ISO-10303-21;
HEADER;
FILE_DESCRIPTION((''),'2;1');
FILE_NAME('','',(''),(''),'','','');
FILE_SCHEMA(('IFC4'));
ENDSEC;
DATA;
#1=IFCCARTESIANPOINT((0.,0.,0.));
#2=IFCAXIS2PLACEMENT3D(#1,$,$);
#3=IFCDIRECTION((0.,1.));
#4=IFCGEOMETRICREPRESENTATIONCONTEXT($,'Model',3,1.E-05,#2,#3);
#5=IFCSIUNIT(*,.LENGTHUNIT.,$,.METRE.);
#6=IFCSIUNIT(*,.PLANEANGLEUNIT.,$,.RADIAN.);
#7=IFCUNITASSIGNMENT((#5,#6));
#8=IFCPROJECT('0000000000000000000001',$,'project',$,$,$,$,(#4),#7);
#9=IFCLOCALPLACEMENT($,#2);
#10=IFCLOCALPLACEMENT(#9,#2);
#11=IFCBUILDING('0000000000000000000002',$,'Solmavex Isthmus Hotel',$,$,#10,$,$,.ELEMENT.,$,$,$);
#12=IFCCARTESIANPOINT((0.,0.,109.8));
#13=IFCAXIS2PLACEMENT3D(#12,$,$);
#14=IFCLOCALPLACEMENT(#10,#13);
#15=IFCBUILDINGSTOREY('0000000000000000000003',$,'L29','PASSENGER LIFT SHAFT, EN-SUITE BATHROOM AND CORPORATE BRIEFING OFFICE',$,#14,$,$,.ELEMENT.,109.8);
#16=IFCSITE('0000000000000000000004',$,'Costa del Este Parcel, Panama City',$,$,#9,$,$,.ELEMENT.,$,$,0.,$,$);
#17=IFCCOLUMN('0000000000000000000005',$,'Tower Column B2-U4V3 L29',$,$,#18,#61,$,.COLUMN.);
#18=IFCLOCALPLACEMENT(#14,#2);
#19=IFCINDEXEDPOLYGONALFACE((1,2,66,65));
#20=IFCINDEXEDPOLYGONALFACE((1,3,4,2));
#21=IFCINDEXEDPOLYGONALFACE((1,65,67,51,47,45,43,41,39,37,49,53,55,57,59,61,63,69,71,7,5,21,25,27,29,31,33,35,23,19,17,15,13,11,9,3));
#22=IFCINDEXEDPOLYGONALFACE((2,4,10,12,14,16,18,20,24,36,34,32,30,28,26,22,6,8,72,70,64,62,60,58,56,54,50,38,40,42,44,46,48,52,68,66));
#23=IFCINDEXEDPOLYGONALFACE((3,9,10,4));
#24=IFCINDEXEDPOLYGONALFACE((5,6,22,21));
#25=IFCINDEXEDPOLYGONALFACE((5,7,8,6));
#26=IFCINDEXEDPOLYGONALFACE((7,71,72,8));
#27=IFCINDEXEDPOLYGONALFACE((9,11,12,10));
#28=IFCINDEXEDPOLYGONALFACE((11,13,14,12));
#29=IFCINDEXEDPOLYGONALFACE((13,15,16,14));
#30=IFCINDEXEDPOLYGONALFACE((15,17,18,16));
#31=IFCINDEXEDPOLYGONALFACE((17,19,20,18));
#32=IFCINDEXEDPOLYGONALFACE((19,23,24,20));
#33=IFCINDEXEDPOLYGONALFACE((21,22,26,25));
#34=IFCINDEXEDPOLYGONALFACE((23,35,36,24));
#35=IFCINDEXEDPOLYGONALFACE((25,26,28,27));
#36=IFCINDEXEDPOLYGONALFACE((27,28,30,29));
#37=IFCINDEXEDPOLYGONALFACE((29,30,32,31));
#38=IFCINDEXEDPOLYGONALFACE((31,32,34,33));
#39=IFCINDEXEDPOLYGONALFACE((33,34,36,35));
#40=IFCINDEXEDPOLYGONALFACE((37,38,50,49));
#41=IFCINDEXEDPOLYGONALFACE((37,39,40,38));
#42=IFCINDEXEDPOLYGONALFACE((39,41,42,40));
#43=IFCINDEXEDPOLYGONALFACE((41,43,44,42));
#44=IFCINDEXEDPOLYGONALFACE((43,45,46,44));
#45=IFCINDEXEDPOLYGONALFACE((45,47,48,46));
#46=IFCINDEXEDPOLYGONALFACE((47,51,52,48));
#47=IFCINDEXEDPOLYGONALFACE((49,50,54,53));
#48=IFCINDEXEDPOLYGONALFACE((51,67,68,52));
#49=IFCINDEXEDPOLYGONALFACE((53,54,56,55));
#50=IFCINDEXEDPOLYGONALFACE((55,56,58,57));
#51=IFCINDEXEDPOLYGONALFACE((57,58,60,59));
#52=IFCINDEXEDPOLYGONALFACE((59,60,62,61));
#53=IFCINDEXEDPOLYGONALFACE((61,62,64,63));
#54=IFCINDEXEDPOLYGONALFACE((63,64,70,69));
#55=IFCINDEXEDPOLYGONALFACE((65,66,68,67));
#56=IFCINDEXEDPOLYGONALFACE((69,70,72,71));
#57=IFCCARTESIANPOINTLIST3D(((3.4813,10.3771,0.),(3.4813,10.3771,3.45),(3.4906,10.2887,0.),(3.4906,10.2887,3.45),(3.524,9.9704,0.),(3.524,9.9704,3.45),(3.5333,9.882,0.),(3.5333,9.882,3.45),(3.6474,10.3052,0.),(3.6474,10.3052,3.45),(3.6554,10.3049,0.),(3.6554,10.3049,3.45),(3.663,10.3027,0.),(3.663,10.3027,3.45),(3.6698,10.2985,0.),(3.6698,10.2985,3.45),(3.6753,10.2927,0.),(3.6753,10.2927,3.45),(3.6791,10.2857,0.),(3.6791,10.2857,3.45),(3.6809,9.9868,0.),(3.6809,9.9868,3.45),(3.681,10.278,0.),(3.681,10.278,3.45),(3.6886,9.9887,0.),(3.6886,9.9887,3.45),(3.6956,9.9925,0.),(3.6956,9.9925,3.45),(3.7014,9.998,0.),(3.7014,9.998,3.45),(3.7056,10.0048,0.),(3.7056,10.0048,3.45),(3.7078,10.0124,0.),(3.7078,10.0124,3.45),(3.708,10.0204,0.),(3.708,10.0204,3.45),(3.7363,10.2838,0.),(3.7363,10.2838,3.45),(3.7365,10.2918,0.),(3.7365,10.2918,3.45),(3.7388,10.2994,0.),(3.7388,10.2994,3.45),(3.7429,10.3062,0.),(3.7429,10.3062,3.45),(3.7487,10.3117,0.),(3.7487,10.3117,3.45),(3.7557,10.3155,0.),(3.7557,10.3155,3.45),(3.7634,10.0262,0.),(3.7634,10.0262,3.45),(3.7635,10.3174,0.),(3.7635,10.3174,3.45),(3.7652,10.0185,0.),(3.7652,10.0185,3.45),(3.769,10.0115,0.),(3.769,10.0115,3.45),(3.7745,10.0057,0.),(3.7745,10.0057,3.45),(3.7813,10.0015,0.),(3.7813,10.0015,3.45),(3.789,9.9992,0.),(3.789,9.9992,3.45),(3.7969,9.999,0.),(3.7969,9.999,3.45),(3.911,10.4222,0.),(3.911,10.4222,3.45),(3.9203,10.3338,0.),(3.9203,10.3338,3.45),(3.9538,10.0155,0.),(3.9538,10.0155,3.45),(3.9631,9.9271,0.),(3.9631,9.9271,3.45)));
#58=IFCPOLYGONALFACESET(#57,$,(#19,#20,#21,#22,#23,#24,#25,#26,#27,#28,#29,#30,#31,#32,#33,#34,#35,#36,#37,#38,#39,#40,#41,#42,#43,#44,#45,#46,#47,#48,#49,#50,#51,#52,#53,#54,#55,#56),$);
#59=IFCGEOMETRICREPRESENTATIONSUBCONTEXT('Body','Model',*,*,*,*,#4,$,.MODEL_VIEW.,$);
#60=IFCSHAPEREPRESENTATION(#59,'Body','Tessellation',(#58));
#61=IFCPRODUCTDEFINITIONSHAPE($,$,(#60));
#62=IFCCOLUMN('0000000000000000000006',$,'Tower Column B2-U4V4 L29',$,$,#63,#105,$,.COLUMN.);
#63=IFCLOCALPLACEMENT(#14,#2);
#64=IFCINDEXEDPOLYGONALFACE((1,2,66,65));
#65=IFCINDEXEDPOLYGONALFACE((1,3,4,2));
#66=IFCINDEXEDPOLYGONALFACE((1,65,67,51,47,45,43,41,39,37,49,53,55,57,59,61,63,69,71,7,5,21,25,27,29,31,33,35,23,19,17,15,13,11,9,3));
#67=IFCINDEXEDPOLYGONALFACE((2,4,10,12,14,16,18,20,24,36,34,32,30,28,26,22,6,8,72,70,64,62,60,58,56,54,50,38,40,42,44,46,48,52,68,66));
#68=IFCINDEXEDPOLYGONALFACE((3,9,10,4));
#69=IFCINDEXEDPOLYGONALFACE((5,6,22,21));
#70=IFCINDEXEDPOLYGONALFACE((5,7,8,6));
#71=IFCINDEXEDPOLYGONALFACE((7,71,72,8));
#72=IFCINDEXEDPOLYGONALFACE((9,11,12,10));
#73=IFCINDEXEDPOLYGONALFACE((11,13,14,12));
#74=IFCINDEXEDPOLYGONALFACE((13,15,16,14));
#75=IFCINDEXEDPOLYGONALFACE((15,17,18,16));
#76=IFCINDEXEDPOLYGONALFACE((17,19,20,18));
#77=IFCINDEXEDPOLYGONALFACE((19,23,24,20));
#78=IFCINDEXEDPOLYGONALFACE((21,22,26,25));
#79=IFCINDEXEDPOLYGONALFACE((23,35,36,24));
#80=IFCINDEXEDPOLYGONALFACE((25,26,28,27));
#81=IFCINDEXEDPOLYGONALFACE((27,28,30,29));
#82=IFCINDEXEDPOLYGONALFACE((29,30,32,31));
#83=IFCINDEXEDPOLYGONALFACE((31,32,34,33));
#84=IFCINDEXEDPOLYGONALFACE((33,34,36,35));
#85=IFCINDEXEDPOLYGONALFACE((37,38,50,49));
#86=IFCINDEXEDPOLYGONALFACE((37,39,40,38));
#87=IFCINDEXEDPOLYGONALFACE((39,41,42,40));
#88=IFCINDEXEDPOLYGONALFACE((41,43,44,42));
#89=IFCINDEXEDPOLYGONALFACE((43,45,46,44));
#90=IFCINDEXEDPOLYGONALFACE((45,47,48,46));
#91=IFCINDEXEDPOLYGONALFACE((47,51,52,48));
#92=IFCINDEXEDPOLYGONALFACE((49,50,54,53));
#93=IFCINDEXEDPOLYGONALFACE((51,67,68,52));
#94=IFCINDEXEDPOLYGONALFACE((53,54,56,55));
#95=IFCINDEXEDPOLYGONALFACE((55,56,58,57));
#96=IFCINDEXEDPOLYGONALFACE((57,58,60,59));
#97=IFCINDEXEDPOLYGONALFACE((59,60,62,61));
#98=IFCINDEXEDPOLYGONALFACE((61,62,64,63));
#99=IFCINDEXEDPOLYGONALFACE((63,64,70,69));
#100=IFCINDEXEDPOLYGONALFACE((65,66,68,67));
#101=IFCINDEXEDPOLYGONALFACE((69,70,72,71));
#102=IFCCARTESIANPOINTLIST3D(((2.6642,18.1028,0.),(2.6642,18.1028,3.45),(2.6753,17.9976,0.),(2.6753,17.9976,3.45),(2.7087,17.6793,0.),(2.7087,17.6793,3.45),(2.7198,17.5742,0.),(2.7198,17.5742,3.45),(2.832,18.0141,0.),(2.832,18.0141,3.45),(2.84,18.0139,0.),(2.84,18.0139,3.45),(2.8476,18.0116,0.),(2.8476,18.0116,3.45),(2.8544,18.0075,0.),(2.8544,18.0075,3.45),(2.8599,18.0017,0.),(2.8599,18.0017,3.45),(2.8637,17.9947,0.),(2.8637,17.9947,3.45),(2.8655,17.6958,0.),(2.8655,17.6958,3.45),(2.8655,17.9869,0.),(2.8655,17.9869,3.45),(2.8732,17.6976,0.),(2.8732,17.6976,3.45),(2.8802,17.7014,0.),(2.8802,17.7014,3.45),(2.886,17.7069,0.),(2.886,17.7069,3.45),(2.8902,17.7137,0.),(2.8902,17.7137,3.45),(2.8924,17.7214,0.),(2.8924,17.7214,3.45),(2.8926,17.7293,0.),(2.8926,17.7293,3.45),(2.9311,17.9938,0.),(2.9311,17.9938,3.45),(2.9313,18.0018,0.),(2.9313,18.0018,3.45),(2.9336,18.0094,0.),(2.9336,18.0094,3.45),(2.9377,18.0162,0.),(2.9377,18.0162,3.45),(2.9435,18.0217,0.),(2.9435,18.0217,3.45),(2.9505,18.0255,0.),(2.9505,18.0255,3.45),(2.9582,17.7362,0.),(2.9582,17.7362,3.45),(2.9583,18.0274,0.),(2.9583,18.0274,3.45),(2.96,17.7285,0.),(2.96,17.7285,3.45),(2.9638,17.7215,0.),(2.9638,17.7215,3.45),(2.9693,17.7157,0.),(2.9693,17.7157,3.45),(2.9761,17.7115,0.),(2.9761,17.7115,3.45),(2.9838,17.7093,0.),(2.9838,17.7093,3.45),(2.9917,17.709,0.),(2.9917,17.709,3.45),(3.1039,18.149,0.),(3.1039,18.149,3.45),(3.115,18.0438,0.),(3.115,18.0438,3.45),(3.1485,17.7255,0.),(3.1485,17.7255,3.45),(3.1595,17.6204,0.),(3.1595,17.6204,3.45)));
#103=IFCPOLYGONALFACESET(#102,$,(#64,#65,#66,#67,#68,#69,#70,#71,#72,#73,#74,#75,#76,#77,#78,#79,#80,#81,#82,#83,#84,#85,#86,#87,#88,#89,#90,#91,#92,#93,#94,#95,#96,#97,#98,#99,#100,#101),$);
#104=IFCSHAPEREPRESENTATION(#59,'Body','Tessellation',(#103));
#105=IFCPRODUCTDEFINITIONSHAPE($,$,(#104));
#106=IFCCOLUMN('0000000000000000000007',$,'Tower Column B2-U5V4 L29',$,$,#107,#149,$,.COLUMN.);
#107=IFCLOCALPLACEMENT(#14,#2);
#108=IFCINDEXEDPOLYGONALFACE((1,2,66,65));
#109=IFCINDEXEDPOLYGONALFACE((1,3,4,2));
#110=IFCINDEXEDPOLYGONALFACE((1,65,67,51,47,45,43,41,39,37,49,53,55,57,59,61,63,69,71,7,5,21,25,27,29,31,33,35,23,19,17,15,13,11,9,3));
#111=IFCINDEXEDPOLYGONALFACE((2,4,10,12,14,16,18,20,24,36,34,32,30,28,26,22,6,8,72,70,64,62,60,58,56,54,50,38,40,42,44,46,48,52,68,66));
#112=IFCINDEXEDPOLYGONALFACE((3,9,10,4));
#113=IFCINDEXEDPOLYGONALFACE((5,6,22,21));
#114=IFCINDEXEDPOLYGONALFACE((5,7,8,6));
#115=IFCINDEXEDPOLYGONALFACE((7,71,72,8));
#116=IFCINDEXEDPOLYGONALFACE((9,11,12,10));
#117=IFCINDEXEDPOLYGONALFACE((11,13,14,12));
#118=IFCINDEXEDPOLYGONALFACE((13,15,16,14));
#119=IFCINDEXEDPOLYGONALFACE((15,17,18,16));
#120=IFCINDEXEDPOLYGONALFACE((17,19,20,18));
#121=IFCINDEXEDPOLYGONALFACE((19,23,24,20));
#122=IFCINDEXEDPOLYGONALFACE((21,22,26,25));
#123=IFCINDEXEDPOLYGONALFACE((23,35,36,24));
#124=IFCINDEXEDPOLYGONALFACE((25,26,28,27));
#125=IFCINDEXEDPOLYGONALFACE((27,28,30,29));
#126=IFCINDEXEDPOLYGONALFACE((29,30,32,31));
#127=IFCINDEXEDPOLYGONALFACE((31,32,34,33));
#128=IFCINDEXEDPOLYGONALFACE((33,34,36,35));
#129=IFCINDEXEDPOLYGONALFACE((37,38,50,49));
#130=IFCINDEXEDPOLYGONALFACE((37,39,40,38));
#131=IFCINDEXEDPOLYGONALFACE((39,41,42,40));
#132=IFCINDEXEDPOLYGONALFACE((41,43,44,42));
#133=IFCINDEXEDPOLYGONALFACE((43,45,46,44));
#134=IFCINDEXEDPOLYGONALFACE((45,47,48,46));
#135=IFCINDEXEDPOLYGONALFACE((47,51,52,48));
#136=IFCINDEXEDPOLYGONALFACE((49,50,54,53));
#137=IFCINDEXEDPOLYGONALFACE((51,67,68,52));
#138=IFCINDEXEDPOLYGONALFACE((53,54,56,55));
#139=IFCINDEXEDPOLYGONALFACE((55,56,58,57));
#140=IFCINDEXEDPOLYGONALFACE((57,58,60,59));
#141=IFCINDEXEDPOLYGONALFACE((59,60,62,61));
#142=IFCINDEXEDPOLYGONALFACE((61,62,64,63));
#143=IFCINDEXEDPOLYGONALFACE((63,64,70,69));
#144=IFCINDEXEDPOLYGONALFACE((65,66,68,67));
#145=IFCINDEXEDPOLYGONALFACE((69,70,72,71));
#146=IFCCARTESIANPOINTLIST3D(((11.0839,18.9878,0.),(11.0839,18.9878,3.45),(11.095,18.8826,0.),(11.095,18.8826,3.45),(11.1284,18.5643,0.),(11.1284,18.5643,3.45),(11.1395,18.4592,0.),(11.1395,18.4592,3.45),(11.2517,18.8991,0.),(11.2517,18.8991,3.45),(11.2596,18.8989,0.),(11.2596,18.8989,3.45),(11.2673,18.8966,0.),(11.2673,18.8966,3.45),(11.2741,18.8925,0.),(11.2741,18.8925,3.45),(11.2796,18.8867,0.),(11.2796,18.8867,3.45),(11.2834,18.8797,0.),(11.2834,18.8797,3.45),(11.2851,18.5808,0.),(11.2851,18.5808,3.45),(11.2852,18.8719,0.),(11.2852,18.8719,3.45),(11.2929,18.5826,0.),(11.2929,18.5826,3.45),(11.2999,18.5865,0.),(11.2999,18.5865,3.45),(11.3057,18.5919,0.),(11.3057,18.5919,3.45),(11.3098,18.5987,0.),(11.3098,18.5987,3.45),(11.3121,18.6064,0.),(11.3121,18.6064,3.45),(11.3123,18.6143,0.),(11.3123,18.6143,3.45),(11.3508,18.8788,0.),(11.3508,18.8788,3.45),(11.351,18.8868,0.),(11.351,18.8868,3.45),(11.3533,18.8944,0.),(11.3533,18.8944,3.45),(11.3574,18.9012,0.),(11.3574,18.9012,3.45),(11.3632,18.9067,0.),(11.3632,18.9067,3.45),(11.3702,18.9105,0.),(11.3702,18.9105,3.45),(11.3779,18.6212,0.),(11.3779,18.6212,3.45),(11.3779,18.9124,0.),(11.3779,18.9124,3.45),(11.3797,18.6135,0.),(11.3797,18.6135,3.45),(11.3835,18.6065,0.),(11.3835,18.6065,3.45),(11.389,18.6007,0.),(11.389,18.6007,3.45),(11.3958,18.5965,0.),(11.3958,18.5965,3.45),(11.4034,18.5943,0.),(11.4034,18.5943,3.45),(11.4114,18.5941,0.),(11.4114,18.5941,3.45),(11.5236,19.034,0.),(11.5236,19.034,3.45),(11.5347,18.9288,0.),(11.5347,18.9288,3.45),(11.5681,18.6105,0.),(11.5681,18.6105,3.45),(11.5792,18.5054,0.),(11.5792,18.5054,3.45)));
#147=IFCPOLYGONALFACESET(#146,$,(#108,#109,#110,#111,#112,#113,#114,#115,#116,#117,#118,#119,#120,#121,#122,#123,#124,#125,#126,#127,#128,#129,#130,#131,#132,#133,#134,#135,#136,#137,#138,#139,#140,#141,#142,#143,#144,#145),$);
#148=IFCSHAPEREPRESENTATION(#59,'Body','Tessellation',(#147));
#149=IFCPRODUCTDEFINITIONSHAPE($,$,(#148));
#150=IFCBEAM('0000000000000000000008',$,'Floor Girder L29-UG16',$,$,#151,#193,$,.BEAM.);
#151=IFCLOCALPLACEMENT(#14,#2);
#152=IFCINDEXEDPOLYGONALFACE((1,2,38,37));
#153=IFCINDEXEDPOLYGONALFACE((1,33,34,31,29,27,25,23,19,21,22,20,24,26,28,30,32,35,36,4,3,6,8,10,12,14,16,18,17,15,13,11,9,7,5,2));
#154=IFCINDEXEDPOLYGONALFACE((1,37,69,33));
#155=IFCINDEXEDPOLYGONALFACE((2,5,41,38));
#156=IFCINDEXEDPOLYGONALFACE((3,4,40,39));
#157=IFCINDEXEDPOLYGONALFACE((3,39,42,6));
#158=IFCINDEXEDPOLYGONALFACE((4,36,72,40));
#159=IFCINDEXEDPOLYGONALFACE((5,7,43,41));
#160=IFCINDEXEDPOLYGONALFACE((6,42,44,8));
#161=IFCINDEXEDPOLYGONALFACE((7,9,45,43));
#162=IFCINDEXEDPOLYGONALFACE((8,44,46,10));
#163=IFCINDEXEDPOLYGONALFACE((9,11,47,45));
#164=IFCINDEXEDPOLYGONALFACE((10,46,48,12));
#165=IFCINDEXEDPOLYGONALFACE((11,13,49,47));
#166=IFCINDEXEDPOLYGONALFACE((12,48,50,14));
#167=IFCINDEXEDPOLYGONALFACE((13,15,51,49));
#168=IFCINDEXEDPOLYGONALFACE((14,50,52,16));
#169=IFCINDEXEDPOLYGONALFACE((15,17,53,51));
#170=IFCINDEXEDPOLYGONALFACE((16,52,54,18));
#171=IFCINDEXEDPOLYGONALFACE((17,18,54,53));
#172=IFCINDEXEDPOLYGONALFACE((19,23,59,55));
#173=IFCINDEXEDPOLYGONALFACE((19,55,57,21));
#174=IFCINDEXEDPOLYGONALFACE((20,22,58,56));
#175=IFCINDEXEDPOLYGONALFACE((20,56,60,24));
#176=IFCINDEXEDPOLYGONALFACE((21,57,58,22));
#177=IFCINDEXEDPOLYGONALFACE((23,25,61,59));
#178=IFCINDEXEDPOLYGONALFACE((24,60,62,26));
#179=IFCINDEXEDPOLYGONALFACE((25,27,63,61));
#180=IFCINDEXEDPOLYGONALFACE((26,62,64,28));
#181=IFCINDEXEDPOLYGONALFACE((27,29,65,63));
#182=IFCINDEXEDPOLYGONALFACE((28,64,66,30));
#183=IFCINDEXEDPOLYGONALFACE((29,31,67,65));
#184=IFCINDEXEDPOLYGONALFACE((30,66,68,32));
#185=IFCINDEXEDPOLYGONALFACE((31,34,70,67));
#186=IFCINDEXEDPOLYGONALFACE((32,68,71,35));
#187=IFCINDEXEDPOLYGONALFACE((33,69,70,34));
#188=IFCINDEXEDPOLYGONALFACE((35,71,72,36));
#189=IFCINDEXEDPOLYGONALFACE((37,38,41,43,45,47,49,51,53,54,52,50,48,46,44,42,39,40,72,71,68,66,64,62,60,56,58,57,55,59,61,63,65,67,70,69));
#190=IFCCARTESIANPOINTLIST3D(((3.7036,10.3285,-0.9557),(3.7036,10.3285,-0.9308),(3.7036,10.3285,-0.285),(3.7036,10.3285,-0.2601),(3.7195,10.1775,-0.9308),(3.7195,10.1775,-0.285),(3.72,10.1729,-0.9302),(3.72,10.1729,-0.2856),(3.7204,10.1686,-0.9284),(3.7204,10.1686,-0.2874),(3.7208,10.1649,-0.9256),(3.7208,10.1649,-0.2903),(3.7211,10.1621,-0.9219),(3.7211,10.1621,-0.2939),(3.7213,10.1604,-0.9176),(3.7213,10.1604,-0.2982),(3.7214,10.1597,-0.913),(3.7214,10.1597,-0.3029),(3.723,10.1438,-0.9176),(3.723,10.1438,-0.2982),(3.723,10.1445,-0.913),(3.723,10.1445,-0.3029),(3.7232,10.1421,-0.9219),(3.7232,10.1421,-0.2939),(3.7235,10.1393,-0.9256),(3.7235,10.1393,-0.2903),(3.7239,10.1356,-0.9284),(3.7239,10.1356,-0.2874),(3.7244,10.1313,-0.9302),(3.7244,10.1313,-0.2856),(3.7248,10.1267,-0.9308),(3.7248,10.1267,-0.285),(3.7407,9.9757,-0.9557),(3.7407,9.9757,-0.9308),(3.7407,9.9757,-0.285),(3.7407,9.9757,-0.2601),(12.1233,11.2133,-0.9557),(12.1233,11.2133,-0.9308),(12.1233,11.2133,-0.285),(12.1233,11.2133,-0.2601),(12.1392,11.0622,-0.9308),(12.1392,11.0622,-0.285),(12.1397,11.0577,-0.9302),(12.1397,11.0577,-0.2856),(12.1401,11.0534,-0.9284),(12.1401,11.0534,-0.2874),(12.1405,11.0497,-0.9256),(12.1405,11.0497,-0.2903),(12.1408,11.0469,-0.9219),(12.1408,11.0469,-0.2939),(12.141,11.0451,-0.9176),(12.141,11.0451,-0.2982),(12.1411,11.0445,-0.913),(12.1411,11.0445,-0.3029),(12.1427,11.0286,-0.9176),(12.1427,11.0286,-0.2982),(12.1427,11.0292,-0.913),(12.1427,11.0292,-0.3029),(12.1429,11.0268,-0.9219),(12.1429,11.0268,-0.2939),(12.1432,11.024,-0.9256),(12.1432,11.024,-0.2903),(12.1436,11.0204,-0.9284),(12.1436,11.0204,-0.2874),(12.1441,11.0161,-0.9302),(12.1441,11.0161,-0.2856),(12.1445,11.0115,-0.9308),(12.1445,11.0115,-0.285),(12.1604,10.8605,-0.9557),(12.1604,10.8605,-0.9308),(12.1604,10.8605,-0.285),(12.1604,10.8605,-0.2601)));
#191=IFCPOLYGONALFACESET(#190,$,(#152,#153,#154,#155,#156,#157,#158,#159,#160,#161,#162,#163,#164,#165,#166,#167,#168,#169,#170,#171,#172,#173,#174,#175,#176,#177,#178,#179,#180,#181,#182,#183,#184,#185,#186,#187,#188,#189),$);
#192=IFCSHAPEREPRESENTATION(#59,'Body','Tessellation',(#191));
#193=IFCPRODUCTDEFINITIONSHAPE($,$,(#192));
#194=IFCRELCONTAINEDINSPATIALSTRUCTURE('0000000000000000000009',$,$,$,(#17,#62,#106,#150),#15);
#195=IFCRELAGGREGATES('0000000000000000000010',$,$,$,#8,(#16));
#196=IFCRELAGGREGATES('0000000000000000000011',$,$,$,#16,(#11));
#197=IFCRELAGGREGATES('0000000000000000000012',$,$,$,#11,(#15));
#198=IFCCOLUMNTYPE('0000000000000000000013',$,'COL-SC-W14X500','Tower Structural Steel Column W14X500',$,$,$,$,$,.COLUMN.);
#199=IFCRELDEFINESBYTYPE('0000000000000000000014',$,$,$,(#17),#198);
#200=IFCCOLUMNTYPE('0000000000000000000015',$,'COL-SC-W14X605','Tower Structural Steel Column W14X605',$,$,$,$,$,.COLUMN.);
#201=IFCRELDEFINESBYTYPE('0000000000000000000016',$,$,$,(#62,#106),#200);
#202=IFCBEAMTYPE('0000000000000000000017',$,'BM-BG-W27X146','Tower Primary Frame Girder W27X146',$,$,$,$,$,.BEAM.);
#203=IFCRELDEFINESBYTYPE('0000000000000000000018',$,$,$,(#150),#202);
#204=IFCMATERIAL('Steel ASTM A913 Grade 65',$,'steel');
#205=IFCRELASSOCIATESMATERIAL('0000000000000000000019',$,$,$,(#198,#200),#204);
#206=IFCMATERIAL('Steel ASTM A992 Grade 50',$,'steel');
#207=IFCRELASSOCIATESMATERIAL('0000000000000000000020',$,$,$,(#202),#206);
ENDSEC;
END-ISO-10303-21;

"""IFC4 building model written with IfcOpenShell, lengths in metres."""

from ifc_helpers import new_model, si_unit, direction, frame, origin, origin_2d, place, context, subcontext, project, spatial, i_section, extrude, material, material_profile, profile_set, type_object, element, save


model = new_model("IFC4")

# Units and contexts
model_context = context("Model", 3, precision=1e-05, world=origin(), true_north=direction((0.0, 1.0)))
body_context = subcontext(model_context, "Body", "Model", "MODEL_VIEW")
ifc_project = project(units=[si_unit("LENGTHUNIT", "METRE"), si_unit("PLANEANGLEUNIT", "RADIAN")], contexts=[model_context])

# Site, building, storey
site_placement = place(None, origin())
site = spatial("IfcSite", under=ifc_project, at=site_placement, Name="Costa del Este Parcel, Panama City", CompositionType="ELEMENT", RefElevation=0.0)
building_placement = place(site_placement, origin())
building = spatial("IfcBuilding", under=site, at=building_placement, Name="Solmavex Isthmus Hotel", CompositionType="ELEMENT")
storey_placement = place(building_placement, frame((0.0, 0.0, 109.8)))
storey = spatial("IfcBuildingStorey", under=building, at=storey_placement, Name="L29", Description="PASSENGER LIFT SHAFT, EN-SUITE BATHROOM AND CORPORATE BRIEFING OFFICE", CompositionType="ELEMENT", Elevation=109.8)

# Columns
ifc_material_1 = material(Name="Steel ASTM A913 Grade 65", Category="steel")
ifc_material_profile_1 = material_profile(ifc_material_1, i_section(OverallWidth=0.4321, OverallDepth=0.4978, WebThickness=0.0557, FlangeThickness=0.0889, FilletRadius=0.0305, at=origin_2d()), Name="W14X500")
ifc_profile_set_1 = profile_set([ifc_material_profile_1], Name="Steel ASTM A913 Grade 65")
column_type_1 = type_object("IfcColumnType", Name="COL-SC-W14X500", Description="Tower Structural Steel Column W14X500", PredefinedType="COLUMN", material=ifc_profile_set_1)
column_placement = place(storey_placement, frame((3.7222, 10.1521, 0.0), z_axis=(0.0, 0.0, 1.0), x_axis=(0.994522, 0.104528, 0.0)))
element("IfcColumn", 1, at=column_placement, inside=storey, type_object=column_type_1, Name="Tower Column B2-U4V3 L29", PredefinedType="COLUMN", context=body_context, shape_type="SweptSolid", body=[
    extrude(i_section(OverallWidth=0.4321, OverallDepth=0.4978, WebThickness=0.0557, FlangeThickness=0.0889, FilletRadius=0.0305, at=origin_2d()), origin(), (0.0, 0.0, 1.0), 3.45),
])
ifc_material_profile_2 = material_profile(ifc_material_1, i_section(OverallWidth=0.4421, OverallDepth=0.5315, WebThickness=0.0659, FlangeThickness=0.1057, FilletRadius=0.0305, at=origin_2d()), Name="W14X605")
ifc_profile_set_2 = profile_set([ifc_material_profile_2], Name="Steel ASTM A913 Grade 65")
column_type_2 = type_object("IfcColumnType", Name="COL-SC-W14X605", Description="Tower Structural Steel Column W14X605", PredefinedType="COLUMN", material=ifc_profile_set_2)
for number, where, z_axis, x_axis, name in (
    (2, (2.9119, 17.8616, 0.0), (0.0, 0.0, 1.0), (0.994522, 0.104528, 0.0), "Tower Column B2-U4V4 L29"),
    (3, (11.3315, 18.7466, 0.0), (0.0, 0.0, 1.0), (0.994522, 0.104528, 0.0), "Tower Column B2-U5V4 L29"),
):
    element("IfcColumn", number, at=place(storey_placement, frame(where, z_axis=z_axis, x_axis=x_axis)), inside=storey, type_object=column_type_2, Name=name, PredefinedType="COLUMN", context=body_context, shape_type="SweptSolid", body=[
        extrude(i_section(OverallWidth=0.4421, OverallDepth=0.5315, WebThickness=0.0659, FlangeThickness=0.1057, FilletRadius=0.0305, at=origin_2d()), origin(), (0.0, 0.0, 1.0), 3.45),
    ])

# Beam
ifc_material_2 = material(Name="Steel ASTM A992 Grade 50", Category="steel")
ifc_material_profile_3 = material_profile(ifc_material_2, i_section(OverallWidth=0.3547, OverallDepth=0.6956, WebThickness=0.0154, FlangeThickness=0.0249, FilletRadius=0.0178, at=origin_2d()), Name="W27X146")
ifc_profile_set_3 = profile_set([ifc_material_profile_3], Name="Steel ASTM A992 Grade 50")
beam_type_1 = type_object("IfcBeamType", Name="BM-BG-W27X146", Description="Tower Primary Frame Girder W27X146", PredefinedType="BEAM", material=ifc_profile_set_3)
beam_1_placement = place(storey_placement, frame((3.7222, 10.1521, -0.6079), z_axis=(0.994524, 0.104508, 0.0), x_axis=(-0.104508, 0.994524, 0.0)))
element("IfcBeam", 4, at=beam_1_placement, inside=storey, type_object=beam_type_1, Name="Floor Girder L29-UG16", PredefinedType="BEAM", context=body_context, shape_type="SweptSolid", body=[
    extrude(i_section(OverallWidth=0.3547, OverallDepth=0.6956, WebThickness=0.0154, FlangeThickness=0.0249, FilletRadius=0.0178, at=origin_2d()), origin(), (0.0, 0.0, 1.0), 8.4661),
])

save(model, "model.ifc")
